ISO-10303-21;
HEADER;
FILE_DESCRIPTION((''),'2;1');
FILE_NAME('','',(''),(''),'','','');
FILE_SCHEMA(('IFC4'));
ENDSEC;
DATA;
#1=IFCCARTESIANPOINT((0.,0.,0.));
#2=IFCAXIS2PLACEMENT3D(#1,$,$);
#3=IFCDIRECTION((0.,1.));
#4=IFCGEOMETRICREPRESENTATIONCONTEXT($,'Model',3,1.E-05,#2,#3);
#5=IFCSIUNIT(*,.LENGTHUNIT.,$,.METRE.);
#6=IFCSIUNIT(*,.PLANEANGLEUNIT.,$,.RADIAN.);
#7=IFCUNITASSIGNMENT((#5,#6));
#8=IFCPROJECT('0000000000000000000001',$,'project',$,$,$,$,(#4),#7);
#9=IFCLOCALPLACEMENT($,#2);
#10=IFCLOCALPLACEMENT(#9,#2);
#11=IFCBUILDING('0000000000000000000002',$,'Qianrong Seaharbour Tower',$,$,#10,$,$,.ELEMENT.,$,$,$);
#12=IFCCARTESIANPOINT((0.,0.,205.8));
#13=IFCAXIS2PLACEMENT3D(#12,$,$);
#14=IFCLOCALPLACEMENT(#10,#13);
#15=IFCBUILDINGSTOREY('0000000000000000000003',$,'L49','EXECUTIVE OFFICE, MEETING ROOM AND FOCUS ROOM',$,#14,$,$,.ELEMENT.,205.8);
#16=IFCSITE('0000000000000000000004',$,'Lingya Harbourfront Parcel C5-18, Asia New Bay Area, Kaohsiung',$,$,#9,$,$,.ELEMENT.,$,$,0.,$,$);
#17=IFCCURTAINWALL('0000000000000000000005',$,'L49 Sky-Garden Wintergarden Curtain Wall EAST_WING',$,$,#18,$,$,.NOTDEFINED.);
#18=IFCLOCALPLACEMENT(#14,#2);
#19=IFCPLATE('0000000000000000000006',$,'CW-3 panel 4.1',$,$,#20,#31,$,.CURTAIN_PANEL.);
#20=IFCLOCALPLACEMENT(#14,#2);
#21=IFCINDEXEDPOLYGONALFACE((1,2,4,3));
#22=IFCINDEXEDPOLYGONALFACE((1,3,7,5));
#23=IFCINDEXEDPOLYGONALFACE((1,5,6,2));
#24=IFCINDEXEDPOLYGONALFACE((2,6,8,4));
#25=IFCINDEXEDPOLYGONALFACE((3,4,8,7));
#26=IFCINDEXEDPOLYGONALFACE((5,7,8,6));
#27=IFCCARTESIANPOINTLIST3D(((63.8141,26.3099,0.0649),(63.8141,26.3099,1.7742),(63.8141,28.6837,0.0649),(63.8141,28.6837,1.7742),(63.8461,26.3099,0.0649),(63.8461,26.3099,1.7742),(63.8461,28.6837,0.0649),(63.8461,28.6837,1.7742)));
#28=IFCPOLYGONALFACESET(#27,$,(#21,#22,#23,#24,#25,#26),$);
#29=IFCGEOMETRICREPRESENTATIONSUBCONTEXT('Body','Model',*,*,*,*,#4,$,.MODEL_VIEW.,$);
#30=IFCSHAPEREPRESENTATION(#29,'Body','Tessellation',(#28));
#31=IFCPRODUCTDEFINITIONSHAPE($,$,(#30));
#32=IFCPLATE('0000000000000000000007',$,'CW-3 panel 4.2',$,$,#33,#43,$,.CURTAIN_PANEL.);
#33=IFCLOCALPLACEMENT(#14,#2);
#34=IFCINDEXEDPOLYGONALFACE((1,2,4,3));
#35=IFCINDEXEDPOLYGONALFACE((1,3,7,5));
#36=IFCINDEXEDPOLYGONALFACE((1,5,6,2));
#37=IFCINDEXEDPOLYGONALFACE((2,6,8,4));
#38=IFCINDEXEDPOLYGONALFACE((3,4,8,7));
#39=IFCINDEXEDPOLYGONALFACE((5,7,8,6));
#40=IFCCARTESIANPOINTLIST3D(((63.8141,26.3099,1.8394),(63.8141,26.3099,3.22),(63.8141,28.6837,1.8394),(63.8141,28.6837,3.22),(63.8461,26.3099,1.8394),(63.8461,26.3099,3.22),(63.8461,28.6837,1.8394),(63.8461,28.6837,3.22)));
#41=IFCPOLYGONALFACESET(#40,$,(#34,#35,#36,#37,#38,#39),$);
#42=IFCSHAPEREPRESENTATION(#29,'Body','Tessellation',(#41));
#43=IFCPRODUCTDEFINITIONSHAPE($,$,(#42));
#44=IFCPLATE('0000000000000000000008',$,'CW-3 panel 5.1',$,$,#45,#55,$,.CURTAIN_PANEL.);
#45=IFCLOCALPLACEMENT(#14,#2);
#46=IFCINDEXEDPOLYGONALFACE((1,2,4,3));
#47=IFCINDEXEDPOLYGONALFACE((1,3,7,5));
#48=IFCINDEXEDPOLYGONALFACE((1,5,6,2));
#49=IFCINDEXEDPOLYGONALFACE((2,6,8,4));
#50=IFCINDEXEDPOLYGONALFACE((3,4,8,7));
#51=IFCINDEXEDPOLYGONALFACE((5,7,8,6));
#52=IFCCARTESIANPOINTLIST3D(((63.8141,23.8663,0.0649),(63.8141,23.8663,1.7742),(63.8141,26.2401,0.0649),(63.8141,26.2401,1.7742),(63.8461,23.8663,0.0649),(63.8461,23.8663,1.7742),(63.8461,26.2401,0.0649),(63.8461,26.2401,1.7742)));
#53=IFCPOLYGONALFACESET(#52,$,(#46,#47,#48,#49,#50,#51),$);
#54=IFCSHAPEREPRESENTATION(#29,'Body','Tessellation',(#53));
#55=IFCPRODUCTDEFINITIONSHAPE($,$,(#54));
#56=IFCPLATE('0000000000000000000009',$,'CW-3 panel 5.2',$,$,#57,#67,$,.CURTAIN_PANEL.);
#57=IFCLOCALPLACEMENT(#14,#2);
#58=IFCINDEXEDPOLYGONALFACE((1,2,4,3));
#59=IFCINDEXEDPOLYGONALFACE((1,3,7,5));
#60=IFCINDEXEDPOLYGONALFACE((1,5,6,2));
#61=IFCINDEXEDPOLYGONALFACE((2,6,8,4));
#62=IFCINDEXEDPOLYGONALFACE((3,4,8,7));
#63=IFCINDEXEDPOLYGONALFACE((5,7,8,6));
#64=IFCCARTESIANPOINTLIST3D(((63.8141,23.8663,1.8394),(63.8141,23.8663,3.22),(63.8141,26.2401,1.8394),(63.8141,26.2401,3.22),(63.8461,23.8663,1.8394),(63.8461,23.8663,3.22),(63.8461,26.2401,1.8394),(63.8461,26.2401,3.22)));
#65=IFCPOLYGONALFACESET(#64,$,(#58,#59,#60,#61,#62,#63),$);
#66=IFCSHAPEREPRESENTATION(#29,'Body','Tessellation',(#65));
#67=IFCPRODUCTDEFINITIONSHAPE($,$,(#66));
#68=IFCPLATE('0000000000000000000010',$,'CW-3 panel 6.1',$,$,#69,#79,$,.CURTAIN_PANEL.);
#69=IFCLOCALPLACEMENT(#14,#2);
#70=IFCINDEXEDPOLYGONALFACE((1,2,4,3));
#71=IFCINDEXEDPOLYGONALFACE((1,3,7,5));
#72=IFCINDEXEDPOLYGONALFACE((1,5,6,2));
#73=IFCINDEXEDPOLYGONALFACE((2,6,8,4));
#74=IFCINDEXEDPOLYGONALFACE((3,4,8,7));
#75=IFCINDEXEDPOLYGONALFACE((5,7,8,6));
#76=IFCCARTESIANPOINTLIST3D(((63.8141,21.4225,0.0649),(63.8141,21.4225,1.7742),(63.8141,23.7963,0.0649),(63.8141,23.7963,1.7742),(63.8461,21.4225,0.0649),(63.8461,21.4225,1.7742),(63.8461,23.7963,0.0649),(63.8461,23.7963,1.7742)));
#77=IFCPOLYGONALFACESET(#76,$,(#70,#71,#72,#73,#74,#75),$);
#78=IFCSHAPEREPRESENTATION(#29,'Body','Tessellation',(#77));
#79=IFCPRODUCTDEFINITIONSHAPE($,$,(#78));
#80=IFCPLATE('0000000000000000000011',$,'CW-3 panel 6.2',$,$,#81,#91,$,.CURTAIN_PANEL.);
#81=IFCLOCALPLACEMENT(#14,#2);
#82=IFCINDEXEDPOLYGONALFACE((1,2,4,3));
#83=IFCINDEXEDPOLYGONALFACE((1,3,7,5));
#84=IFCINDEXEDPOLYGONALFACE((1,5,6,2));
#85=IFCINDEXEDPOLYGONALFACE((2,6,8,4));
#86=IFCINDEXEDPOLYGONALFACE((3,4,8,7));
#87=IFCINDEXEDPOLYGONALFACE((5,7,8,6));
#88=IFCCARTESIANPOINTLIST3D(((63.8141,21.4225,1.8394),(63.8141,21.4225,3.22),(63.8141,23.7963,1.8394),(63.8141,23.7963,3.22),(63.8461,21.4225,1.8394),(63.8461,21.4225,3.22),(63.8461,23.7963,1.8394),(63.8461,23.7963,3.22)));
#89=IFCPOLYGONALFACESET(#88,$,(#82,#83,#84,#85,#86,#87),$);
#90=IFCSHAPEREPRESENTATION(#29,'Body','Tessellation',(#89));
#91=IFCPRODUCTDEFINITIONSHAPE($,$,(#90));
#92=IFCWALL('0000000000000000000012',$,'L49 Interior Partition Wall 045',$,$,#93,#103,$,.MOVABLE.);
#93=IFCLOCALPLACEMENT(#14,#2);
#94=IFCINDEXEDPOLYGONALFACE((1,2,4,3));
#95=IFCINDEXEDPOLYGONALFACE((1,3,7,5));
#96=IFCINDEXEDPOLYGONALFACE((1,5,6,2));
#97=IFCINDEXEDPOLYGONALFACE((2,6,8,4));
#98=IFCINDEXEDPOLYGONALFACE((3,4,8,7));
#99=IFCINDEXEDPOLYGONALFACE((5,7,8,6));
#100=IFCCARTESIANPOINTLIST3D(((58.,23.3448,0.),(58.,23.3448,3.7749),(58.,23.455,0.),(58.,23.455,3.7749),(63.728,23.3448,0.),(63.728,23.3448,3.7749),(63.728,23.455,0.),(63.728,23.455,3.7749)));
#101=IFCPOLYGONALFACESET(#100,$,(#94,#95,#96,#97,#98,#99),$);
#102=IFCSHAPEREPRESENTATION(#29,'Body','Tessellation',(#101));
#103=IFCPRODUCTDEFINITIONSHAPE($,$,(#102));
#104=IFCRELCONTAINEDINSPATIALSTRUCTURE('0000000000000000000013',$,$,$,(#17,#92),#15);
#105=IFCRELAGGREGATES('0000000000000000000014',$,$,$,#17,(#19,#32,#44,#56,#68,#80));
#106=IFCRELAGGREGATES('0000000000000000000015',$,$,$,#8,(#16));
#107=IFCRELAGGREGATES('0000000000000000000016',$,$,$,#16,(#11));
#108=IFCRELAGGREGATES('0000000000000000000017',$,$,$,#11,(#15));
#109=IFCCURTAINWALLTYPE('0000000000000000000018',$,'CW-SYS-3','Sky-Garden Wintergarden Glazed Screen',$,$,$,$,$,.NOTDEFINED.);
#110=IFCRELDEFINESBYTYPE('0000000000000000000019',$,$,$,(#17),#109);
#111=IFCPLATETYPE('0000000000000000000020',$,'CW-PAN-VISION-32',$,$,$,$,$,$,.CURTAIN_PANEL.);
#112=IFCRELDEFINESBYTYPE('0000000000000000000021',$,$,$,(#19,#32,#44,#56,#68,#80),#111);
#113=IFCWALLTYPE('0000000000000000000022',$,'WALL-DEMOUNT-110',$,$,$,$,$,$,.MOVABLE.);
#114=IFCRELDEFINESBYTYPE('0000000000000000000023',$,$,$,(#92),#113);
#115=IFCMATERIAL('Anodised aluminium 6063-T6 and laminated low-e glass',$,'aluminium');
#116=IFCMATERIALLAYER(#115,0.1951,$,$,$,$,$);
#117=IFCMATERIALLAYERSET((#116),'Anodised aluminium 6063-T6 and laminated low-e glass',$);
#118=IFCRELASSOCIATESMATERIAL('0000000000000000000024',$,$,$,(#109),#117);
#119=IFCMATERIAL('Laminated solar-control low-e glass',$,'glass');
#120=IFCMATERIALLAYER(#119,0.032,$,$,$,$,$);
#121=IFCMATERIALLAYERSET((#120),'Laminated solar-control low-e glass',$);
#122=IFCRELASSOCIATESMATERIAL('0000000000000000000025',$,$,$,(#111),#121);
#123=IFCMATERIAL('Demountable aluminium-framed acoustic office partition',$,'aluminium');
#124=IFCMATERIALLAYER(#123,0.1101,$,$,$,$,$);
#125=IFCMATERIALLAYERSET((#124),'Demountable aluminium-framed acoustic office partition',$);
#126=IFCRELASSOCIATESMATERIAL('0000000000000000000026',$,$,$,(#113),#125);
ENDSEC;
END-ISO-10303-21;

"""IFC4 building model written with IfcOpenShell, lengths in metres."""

from ifc_helpers import new_model, si_unit, direction, frame, frame_2d, origin, origin_2d, place, context, subcontext, project, spatial, rectangle, extrude, material, layer, layer_set, type_object, element, aggregate, save


model = new_model("IFC4")

# Units and contexts
model_context = context("Model", 3, precision=1e-05, world=origin(), true_north=direction((0.0, 1.0)))
body_context = subcontext(model_context, "Body", "Model", "MODEL_VIEW")
ifc_project = project(units=[si_unit("LENGTHUNIT", "METRE"), si_unit("PLANEANGLEUNIT", "RADIAN")], contexts=[model_context])

# Site, building, storey
site_placement = place(None, origin())
site = spatial("IfcSite", under=ifc_project, at=site_placement, Name="Lingya Harbourfront Parcel C5-18, Asia New Bay Area, Kaohsiung", CompositionType="ELEMENT", RefElevation=0.0)
building_placement = place(site_placement, origin())
building = spatial("IfcBuilding", under=site, at=building_placement, Name="Qianrong Seaharbour Tower", CompositionType="ELEMENT")
storey_placement = place(building_placement, frame((0.0, 0.0, 205.8)))
storey = spatial("IfcBuildingStorey", under=building, at=storey_placement, Name="L49", Description="EXECUTIVE OFFICE, MEETING ROOM AND FOCUS ROOM", CompositionType="ELEMENT", Elevation=205.8)

# Curtain wall, plates
ifc_material_1 = material(Name="Anodised aluminium 6063-T6 and laminated low-e glass", Category="aluminium")
ifc_layer_1 = layer(ifc_material_1, 0.1951)
ifc_layer_set_1 = layer_set([ifc_layer_1], Name="Anodised aluminium 6063-T6 and laminated low-e glass")
curtain_wall_type = type_object("IfcCurtainWallType", Name="CW-SYS-3", Description="Sky-Garden Wintergarden Glazed Screen", PredefinedType="NOTDEFINED", material=ifc_layer_set_1)
curtain_wall_placement = place(storey_placement, origin())
curtain_wall = element("IfcCurtainWall", 1, at=curtain_wall_placement, inside=storey, type_object=curtain_wall_type, Name="L49 Sky-Garden Wintergarden Curtain Wall EAST_WING", PredefinedType="NOTDEFINED")
ifc_material_2 = material(Name="Laminated solar-control low-e glass", Category="glass")
ifc_layer_2 = layer(ifc_material_2, 0.032)
ifc_layer_set_2 = layer_set([ifc_layer_2], Name="Laminated solar-control low-e glass")
plate_type = type_object("IfcPlateType", Name="CW-PAN-VISION-32", PredefinedType="CURTAIN_PANEL", material=ifc_layer_set_2)
plate_1_placement = place(storey_placement, frame((63.8301, 27.4968, 0.0649), z_axis=(0.0, 0.0, 1.0), x_axis=(0.0, -1.0, 0.0)))
plate_1 = element("IfcPlate", 2, at=plate_1_placement, type_object=plate_type, Name="CW-3 panel 4.1", PredefinedType="CURTAIN_PANEL", context=body_context, shape_type="SweptSolid", body=[
    extrude(rectangle(XDim=2.3738, YDim=0.032, at=origin_2d()), origin(), (0.0, 0.0, 1.0), 1.7092),
])
plate_2_placement = place(storey_placement, frame((63.8301, 27.4968, 1.8394), z_axis=(0.0, 0.0, 1.0), x_axis=(0.0, -1.0, 0.0)))
plate_2 = element("IfcPlate", 3, at=plate_2_placement, type_object=plate_type, Name="CW-3 panel 4.2", PredefinedType="CURTAIN_PANEL", context=body_context, shape_type="SweptSolid", body=[
    extrude(rectangle(XDim=2.3738, YDim=0.032, at=origin_2d()), origin(), (0.0, 0.0, 1.0), 1.3806),
])
plate_3_placement = place(storey_placement, frame((63.8301, 25.0532, 0.0649), z_axis=(0.0, 0.0, 1.0), x_axis=(0.0, -1.0, 0.0)))
plate_3 = element("IfcPlate", 4, at=plate_3_placement, type_object=plate_type, Name="CW-3 panel 5.1", PredefinedType="CURTAIN_PANEL", context=body_context, shape_type="SweptSolid", body=[
    extrude(rectangle(XDim=2.3738, YDim=0.032, at=origin_2d()), origin(), (0.0, 0.0, 1.0), 1.7092),
])
plate_4_placement = place(storey_placement, frame((63.8301, 25.0532, 1.8394), z_axis=(0.0, 0.0, 1.0), x_axis=(0.0, -1.0, 0.0)))
plate_4 = element("IfcPlate", 5, at=plate_4_placement, type_object=plate_type, Name="CW-3 panel 5.2", PredefinedType="CURTAIN_PANEL", context=body_context, shape_type="SweptSolid", body=[
    extrude(rectangle(XDim=2.3738, YDim=0.032, at=origin_2d()), origin(), (0.0, 0.0, 1.0), 1.3806),
])
plate_5_placement = place(storey_placement, frame((63.8301, 22.6094, 0.0649), z_axis=(0.0, 0.0, 1.0), x_axis=(0.0, -1.0, 0.0)))
plate_5 = element("IfcPlate", 6, at=plate_5_placement, type_object=plate_type, Name="CW-3 panel 6.1", PredefinedType="CURTAIN_PANEL", context=body_context, shape_type="SweptSolid", body=[
    extrude(rectangle(XDim=2.3738, YDim=0.032, at=origin_2d()), origin(), (0.0, 0.0, 1.0), 1.7092),
])
plate_6_placement = place(storey_placement, frame((63.8301, 22.6094, 1.8394), z_axis=(0.0, 0.0, 1.0), x_axis=(0.0, -1.0, 0.0)))
plate_6 = element("IfcPlate", 7, at=plate_6_placement, type_object=plate_type, Name="CW-3 panel 6.2", PredefinedType="CURTAIN_PANEL", context=body_context, shape_type="SweptSolid", body=[
    extrude(rectangle(XDim=2.3738, YDim=0.032, at=origin_2d()), origin(), (0.0, 0.0, 1.0), 1.3806),
])
aggregate(curtain_wall, [plate_1, plate_2, plate_3, plate_4, plate_5, plate_6])

# Wall
ifc_material_3 = material(Name="Demountable aluminium-framed acoustic office partition", Category="aluminium")
ifc_layer_3 = layer(ifc_material_3, 0.1101)
ifc_layer_set_3 = layer_set([ifc_layer_3], Name="Demountable aluminium-framed acoustic office partition")
wall_type_1 = type_object("IfcWallType", Name="WALL-DEMOUNT-110", PredefinedType="MOVABLE", material=ifc_layer_set_3)
wall_1_placement = place(storey_placement, frame((63.728, 23.3999, 0.0), z_axis=(0.0, 0.0, 1.0), x_axis=(-1.0, 0.0, 0.0)))
element("IfcWall", 8, at=wall_1_placement, inside=storey, type_object=wall_type_1, Name="L49 Interior Partition Wall 045", PredefinedType="MOVABLE", context=body_context, shape_type="SweptSolid", body=[
    extrude(rectangle(XDim=5.728, YDim=0.1101, at=frame_2d((2.864, 0.0))), origin(), (0.0, 0.0, 1.0), 3.7749),
])

save(model, "model.ifc")
